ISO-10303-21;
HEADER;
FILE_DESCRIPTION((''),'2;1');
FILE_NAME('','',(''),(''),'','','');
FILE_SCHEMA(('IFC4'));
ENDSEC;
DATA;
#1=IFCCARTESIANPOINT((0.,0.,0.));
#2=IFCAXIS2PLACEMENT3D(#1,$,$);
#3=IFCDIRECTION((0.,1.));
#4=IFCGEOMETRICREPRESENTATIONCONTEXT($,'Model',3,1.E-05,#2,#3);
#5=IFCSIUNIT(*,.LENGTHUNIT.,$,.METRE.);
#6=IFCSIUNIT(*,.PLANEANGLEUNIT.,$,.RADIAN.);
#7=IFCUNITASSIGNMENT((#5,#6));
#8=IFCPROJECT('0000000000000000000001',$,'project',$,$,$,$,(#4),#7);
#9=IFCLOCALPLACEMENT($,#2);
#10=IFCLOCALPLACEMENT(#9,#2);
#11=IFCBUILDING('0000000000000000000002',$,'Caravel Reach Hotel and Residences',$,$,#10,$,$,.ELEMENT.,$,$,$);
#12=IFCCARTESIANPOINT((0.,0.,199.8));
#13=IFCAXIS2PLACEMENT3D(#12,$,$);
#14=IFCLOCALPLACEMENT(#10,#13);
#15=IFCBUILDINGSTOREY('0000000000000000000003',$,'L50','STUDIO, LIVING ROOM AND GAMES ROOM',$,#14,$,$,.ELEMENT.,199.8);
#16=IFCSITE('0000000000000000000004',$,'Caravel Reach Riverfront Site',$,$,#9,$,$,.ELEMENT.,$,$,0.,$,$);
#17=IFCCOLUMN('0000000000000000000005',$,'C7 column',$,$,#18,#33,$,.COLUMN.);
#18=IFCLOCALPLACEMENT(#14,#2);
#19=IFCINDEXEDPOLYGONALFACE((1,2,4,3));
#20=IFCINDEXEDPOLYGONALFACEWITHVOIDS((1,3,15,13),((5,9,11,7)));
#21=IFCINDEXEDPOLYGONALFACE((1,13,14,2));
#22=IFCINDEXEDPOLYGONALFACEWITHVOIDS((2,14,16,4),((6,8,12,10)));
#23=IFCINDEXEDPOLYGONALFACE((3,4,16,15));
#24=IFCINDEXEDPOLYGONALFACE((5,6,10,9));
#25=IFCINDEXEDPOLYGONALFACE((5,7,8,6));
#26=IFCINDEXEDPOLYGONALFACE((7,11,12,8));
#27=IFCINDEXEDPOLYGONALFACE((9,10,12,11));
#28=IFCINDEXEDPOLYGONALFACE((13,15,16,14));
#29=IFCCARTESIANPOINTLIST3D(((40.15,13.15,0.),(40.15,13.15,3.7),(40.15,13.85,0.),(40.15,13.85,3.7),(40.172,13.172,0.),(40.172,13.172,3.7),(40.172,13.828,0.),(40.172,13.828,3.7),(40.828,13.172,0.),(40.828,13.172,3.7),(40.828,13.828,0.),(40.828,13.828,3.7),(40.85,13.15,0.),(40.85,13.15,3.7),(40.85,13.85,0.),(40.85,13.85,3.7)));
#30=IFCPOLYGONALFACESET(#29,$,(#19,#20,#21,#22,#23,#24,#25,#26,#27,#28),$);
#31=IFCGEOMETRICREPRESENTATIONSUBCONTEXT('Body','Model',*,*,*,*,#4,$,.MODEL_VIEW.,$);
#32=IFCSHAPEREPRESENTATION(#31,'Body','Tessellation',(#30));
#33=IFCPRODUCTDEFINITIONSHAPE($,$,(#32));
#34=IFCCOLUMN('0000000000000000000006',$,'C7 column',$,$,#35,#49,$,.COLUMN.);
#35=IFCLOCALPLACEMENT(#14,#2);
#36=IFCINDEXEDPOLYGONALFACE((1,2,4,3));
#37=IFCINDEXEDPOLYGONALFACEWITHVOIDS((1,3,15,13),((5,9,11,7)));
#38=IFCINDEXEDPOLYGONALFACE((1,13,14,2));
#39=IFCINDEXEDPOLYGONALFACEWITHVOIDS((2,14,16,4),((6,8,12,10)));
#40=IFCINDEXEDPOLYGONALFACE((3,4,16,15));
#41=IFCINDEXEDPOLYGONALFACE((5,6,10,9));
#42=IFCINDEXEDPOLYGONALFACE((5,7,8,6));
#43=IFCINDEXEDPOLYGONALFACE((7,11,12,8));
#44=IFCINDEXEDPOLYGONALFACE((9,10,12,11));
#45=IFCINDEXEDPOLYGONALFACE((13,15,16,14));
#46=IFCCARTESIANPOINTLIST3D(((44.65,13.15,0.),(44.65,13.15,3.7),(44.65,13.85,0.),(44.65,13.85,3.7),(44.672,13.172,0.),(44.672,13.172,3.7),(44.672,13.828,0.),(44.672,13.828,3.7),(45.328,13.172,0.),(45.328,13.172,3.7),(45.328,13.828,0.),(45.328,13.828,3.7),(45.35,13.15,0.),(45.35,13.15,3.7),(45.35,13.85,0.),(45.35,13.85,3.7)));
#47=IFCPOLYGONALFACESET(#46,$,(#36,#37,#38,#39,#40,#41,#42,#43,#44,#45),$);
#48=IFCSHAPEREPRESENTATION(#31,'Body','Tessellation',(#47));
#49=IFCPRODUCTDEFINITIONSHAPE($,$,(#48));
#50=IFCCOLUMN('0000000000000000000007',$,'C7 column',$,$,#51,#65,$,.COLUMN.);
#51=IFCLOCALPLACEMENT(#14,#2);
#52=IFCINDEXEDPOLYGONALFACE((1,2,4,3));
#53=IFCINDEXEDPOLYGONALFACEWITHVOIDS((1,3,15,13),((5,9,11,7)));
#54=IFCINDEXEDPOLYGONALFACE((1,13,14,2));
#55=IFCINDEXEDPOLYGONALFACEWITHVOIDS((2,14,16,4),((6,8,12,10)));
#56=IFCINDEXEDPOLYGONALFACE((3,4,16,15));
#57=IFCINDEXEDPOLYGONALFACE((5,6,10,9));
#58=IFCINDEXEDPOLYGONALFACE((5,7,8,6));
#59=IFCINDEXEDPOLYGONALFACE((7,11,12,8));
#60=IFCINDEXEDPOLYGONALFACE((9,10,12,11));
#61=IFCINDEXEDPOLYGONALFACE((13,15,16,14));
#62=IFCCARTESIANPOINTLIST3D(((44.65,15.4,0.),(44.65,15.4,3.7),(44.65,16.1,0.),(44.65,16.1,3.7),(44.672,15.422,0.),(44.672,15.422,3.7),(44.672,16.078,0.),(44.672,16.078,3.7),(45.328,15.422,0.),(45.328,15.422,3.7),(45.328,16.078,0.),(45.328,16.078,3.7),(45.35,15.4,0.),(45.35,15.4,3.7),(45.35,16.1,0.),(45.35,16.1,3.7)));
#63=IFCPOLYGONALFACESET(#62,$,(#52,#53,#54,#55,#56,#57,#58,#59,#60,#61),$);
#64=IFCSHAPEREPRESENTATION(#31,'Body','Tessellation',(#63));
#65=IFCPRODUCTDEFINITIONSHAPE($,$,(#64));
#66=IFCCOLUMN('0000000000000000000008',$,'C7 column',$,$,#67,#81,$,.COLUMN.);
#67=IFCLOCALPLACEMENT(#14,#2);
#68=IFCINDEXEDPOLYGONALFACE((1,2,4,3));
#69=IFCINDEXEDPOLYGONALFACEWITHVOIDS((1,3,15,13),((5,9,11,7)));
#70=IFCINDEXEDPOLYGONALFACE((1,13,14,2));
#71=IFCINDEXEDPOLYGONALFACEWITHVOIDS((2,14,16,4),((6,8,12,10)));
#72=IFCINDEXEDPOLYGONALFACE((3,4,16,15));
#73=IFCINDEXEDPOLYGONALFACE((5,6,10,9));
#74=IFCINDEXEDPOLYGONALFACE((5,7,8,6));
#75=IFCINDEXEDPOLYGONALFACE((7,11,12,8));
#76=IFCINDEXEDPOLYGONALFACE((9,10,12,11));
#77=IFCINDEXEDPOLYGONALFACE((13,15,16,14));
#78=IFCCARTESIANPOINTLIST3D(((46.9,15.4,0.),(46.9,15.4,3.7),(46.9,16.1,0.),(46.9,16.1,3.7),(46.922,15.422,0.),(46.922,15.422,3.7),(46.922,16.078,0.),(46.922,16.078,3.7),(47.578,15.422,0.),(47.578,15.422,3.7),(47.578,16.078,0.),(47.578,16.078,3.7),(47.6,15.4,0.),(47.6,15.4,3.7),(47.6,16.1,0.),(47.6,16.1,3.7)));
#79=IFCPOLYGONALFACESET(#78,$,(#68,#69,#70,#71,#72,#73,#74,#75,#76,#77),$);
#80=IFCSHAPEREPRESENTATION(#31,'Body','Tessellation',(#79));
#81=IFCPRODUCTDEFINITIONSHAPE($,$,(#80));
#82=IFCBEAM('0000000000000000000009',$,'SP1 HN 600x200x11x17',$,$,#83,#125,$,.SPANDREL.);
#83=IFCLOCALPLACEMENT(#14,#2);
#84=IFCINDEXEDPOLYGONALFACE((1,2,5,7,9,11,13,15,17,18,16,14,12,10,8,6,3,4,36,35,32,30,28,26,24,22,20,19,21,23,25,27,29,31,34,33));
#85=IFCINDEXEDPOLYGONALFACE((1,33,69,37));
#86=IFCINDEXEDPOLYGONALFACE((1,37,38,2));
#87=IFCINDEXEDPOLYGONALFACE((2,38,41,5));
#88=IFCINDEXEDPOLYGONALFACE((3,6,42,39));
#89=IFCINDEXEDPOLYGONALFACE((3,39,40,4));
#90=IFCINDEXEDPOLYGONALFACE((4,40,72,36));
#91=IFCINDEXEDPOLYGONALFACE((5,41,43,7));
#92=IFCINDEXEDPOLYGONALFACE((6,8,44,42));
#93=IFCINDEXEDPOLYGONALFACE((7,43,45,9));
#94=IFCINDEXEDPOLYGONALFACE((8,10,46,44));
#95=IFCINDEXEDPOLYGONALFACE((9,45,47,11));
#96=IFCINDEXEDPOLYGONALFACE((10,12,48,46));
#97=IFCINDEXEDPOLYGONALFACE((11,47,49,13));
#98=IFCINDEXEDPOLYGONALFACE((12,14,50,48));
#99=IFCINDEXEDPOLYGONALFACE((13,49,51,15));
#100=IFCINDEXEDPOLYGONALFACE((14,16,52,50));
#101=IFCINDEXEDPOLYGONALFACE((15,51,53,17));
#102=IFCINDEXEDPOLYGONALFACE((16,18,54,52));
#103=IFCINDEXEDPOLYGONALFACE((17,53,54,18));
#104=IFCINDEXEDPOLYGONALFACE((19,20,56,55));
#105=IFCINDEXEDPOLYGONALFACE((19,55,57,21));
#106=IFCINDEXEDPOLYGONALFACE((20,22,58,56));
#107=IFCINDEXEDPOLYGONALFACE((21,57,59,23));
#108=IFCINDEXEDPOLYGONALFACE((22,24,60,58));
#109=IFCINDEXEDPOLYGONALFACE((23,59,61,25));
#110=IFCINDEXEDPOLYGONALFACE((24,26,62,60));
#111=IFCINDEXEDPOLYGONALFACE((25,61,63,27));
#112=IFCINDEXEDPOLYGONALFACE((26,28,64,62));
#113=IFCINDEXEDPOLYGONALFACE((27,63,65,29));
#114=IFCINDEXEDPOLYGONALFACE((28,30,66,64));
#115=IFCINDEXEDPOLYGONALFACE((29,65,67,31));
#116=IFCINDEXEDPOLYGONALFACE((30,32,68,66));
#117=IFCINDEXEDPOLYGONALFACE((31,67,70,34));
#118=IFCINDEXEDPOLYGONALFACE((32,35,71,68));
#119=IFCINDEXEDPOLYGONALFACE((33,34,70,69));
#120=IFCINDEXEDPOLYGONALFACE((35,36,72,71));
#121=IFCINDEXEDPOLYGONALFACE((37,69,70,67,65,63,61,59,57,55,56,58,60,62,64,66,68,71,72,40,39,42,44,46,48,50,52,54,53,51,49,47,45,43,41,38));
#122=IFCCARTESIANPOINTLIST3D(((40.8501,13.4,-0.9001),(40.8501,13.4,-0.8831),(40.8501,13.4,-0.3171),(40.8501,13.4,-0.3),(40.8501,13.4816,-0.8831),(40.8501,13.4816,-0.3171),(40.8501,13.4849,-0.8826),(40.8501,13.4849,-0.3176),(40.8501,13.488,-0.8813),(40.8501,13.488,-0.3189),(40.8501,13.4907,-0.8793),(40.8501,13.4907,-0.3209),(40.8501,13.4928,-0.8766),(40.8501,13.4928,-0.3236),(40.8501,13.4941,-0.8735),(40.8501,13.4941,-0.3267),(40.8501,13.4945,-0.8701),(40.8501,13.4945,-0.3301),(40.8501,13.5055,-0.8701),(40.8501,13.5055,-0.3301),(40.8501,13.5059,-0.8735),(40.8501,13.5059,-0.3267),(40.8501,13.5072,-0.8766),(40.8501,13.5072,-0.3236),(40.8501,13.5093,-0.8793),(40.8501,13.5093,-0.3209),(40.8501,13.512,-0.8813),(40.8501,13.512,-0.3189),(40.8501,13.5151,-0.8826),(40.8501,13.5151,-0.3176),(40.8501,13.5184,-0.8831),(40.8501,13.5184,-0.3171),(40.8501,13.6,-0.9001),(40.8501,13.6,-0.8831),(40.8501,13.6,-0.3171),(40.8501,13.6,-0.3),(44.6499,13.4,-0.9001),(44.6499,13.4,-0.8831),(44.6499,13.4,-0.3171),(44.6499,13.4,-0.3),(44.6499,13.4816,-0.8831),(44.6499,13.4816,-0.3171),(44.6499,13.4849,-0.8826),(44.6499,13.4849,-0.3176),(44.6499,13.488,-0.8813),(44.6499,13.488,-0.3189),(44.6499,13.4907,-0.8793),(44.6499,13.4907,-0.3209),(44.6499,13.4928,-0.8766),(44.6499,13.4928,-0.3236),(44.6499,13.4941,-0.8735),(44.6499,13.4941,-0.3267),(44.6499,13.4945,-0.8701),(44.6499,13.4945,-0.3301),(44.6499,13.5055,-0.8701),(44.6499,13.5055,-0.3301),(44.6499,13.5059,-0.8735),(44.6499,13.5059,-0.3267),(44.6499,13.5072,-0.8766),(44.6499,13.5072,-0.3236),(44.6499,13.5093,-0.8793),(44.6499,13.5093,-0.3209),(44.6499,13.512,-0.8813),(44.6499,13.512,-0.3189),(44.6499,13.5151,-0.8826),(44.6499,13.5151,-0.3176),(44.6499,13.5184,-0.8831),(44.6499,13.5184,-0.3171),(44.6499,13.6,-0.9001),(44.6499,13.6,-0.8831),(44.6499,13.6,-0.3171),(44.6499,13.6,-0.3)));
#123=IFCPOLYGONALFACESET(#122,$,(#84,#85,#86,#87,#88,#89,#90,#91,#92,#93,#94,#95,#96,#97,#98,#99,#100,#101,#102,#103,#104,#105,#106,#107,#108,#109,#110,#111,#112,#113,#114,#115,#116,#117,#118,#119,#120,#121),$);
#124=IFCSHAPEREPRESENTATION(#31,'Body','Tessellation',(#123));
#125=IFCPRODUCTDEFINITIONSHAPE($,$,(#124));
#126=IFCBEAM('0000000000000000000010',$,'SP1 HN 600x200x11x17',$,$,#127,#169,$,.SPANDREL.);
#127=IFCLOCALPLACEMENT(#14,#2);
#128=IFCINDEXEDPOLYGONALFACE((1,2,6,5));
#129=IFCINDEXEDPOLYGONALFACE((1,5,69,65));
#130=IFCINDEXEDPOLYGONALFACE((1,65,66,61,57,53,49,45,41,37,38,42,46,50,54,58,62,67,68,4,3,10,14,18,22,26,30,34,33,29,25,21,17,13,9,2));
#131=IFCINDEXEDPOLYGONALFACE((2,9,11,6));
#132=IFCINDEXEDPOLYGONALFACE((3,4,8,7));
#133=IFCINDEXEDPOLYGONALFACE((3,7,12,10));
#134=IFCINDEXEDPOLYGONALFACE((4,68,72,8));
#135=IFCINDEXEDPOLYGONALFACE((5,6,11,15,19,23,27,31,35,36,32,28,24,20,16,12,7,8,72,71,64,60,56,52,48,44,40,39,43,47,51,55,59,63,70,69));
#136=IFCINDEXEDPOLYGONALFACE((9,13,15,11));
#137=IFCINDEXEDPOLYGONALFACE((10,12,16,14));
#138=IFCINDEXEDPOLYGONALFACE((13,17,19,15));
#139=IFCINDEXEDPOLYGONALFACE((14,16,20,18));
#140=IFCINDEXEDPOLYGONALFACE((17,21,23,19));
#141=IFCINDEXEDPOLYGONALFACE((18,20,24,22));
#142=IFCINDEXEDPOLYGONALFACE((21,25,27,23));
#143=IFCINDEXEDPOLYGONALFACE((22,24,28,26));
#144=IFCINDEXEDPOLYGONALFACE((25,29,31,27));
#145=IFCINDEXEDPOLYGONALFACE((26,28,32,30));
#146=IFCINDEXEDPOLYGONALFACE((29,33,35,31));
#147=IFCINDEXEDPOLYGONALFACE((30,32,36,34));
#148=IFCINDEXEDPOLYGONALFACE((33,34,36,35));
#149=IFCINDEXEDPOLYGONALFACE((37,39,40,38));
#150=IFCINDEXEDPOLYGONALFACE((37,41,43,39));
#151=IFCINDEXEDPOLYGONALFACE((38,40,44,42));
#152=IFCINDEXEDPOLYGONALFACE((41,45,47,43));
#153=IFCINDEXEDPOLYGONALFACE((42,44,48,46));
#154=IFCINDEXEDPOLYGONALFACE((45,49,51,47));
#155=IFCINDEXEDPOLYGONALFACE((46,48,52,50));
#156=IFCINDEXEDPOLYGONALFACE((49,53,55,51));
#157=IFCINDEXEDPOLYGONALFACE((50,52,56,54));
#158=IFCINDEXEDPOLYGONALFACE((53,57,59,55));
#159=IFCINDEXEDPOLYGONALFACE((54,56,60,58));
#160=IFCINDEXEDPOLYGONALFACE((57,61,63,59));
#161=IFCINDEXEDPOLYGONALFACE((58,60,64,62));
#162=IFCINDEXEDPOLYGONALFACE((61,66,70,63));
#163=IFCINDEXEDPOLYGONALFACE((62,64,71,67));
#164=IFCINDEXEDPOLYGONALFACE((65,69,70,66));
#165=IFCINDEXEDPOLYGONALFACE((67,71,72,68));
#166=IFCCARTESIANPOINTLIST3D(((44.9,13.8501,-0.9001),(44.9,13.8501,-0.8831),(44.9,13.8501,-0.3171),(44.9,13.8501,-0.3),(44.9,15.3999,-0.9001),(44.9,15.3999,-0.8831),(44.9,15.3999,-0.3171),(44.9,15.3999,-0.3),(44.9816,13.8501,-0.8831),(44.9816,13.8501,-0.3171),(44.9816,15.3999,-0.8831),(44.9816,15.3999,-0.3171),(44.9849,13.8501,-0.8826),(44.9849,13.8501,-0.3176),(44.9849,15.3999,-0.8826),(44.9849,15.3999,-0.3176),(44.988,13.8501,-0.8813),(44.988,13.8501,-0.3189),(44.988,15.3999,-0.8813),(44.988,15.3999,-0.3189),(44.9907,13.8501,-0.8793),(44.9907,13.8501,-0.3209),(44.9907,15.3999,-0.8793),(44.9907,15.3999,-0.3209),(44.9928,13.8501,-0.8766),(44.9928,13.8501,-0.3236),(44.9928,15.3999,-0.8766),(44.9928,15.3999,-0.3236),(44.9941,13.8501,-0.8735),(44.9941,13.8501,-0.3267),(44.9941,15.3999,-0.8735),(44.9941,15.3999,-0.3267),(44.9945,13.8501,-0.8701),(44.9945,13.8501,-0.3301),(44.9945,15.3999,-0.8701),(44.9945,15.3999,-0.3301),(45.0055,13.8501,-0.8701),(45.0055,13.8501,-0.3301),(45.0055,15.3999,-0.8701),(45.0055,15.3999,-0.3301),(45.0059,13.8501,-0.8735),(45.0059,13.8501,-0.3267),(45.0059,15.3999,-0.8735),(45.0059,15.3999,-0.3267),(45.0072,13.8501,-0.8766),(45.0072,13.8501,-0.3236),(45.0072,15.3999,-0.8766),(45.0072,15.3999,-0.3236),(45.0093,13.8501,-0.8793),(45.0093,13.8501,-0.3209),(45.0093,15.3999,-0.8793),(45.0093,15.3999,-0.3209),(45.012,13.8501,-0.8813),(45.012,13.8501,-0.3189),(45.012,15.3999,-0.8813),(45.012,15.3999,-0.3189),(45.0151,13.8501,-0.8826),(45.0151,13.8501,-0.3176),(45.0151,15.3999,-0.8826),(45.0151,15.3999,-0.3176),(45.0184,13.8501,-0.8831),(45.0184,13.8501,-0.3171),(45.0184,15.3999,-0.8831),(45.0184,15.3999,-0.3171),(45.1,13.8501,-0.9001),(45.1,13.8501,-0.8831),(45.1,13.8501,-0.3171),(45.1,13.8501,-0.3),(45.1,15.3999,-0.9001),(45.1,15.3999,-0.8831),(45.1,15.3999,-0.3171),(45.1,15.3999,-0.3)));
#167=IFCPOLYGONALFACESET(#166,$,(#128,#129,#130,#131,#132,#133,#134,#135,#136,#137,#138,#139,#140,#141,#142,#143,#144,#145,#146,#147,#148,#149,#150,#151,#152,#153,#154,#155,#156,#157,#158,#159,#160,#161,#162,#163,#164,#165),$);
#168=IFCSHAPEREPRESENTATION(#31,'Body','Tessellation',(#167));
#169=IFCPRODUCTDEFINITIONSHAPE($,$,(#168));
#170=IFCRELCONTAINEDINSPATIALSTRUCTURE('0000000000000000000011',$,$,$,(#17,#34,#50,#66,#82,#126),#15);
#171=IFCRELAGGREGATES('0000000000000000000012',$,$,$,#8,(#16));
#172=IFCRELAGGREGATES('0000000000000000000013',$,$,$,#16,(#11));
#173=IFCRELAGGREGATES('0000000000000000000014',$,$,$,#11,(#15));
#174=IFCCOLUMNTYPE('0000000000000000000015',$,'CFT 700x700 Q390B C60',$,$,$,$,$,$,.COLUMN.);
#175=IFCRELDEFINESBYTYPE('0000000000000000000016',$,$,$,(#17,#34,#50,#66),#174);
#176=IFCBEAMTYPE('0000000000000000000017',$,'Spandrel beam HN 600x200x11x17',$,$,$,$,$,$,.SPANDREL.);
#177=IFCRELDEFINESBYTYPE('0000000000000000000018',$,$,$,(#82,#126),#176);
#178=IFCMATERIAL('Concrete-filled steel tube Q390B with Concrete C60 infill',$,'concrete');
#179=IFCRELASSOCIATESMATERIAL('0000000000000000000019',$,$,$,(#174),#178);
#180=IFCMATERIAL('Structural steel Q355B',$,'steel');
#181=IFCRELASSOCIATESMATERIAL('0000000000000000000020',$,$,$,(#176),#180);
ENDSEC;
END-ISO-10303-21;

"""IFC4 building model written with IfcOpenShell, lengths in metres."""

from ifc_helpers import new_model, si_unit, direction, frame, origin, origin_2d, place, context, subcontext, project, spatial, hollow_rectangle, i_section, extrude, material, material_profile, profile_set, type_object, element, save


model = new_model("IFC4")

# Units and contexts
model_context = context("Model", 3, precision=1e-05, world=origin(), true_north=direction((0.0, 1.0)))
body_context = subcontext(model_context, "Body", "Model", "MODEL_VIEW")
ifc_project = project(units=[si_unit("LENGTHUNIT", "METRE"), si_unit("PLANEANGLEUNIT", "RADIAN")], contexts=[model_context])

# Site, building, storey
site_placement = place(None, origin())
site = spatial("IfcSite", under=ifc_project, at=site_placement, Name="Caravel Reach Riverfront Site", CompositionType="ELEMENT", RefElevation=0.0)
building_placement = place(site_placement, origin())
building = spatial("IfcBuilding", under=site, at=building_placement, Name="Caravel Reach Hotel and Residences", CompositionType="ELEMENT")
storey_placement = place(building_placement, frame((0.0, 0.0, 199.8)))
storey = spatial("IfcBuildingStorey", under=building, at=storey_placement, Name="L50", Description="STUDIO, LIVING ROOM AND GAMES ROOM", CompositionType="ELEMENT", Elevation=199.8)

# Columns
ifc_material_1 = material(Name="Concrete-filled steel tube Q390B with Concrete C60 infill", Category="concrete")
ifc_material_profile_1 = material_profile(ifc_material_1, hollow_rectangle(XDim=0.7, YDim=0.7, WallThickness=0.022, at=origin_2d()), Name="RHS 700x700x22")
ifc_profile_set_1 = profile_set([ifc_material_profile_1], Name="Concrete-filled steel tube Q390B with Concrete C60 infill")
column_type = type_object("IfcColumnType", Name="CFT 700x700 Q390B C60", PredefinedType="COLUMN", material=ifc_profile_set_1)
for number, where, z_axis, x_axis, name in (
    (1, (40.5, 13.5, 0.0), (0.0, 0.0, 1.0), (1.0, 0.0, 0.0), "C7 column"),
    (2, (45.0, 13.5, 0.0), (0.0, 0.0, 1.0), (1.0, 0.0, 0.0), "C7 column"),
    (3, (45.0, 15.75, 0.0), (0.0, 0.0, 1.0), (1.0, 0.0, 0.0), "C7 column"),
    (4, (47.25, 15.75, 0.0), (0.0, 0.0, 1.0), (1.0, 0.0, 0.0), "C7 column"),
):
    element("IfcColumn", number, at=place(storey_placement, frame(where, z_axis=z_axis, x_axis=x_axis)), inside=storey, type_object=column_type, Name=name, PredefinedType="COLUMN", context=body_context, shape_type="SweptSolid", body=[
        extrude(hollow_rectangle(XDim=0.7, YDim=0.7, WallThickness=0.022, at=origin_2d()), origin(), (0.0, 0.0, 1.0), 3.7),
    ])

# Beams
ifc_material_2 = material(Name="Structural steel Q355B", Category="steel")
ifc_material_profile_2 = material_profile(ifc_material_2, i_section(OverallWidth=0.2, OverallDepth=0.6001, WebThickness=0.011, FlangeThickness=0.0171, FilletRadius=0.0129, at=origin_2d()), Name="HN 600x200x11x17")
ifc_profile_set_2 = profile_set([ifc_material_profile_2], Name="Structural steel Q355B")
beam_type = type_object("IfcBeamType", Name="Spandrel beam HN 600x200x11x17", PredefinedType="SPANDREL", material=ifc_profile_set_2)
beam_placement = place(storey_placement, frame((40.8501, 13.5, -0.6001), z_axis=(1.0, 0.0, 0.0), x_axis=(0.0, 1.0, 0.0)))
element("IfcBeam", 5, at=beam_placement, inside=storey, type_object=beam_type, Name="SP1 HN 600x200x11x17", PredefinedType="SPANDREL", context=body_context, shape_type="SweptSolid", body=[
    extrude(i_section(OverallWidth=0.2, OverallDepth=0.6001, WebThickness=0.011, FlangeThickness=0.0171, FilletRadius=0.0129, at=origin_2d()), origin(), (0.0, 0.0, 1.0), 3.7998),
])
for number, where, z_axis, x_axis, name in (
    (6, (45.0, 13.8501, -0.6001), (0.0, 1.0, 0.0), (-1.0, 0.0, 0.0), "SP1 HN 600x200x11x17"),
):
    element("IfcBeam", number, at=place(storey_placement, frame(where, z_axis=z_axis, x_axis=x_axis)), inside=storey, type_object=beam_type, Name=name, PredefinedType="SPANDREL", context=body_context, shape_type="SweptSolid", body=[
        extrude(i_section(OverallWidth=0.2, OverallDepth=0.6001, WebThickness=0.011, FlangeThickness=0.0171, FilletRadius=0.0129, at=origin_2d()), origin(), (0.0, 0.0, 1.0), 1.5498),
    ])

save(model, "model.ifc")
